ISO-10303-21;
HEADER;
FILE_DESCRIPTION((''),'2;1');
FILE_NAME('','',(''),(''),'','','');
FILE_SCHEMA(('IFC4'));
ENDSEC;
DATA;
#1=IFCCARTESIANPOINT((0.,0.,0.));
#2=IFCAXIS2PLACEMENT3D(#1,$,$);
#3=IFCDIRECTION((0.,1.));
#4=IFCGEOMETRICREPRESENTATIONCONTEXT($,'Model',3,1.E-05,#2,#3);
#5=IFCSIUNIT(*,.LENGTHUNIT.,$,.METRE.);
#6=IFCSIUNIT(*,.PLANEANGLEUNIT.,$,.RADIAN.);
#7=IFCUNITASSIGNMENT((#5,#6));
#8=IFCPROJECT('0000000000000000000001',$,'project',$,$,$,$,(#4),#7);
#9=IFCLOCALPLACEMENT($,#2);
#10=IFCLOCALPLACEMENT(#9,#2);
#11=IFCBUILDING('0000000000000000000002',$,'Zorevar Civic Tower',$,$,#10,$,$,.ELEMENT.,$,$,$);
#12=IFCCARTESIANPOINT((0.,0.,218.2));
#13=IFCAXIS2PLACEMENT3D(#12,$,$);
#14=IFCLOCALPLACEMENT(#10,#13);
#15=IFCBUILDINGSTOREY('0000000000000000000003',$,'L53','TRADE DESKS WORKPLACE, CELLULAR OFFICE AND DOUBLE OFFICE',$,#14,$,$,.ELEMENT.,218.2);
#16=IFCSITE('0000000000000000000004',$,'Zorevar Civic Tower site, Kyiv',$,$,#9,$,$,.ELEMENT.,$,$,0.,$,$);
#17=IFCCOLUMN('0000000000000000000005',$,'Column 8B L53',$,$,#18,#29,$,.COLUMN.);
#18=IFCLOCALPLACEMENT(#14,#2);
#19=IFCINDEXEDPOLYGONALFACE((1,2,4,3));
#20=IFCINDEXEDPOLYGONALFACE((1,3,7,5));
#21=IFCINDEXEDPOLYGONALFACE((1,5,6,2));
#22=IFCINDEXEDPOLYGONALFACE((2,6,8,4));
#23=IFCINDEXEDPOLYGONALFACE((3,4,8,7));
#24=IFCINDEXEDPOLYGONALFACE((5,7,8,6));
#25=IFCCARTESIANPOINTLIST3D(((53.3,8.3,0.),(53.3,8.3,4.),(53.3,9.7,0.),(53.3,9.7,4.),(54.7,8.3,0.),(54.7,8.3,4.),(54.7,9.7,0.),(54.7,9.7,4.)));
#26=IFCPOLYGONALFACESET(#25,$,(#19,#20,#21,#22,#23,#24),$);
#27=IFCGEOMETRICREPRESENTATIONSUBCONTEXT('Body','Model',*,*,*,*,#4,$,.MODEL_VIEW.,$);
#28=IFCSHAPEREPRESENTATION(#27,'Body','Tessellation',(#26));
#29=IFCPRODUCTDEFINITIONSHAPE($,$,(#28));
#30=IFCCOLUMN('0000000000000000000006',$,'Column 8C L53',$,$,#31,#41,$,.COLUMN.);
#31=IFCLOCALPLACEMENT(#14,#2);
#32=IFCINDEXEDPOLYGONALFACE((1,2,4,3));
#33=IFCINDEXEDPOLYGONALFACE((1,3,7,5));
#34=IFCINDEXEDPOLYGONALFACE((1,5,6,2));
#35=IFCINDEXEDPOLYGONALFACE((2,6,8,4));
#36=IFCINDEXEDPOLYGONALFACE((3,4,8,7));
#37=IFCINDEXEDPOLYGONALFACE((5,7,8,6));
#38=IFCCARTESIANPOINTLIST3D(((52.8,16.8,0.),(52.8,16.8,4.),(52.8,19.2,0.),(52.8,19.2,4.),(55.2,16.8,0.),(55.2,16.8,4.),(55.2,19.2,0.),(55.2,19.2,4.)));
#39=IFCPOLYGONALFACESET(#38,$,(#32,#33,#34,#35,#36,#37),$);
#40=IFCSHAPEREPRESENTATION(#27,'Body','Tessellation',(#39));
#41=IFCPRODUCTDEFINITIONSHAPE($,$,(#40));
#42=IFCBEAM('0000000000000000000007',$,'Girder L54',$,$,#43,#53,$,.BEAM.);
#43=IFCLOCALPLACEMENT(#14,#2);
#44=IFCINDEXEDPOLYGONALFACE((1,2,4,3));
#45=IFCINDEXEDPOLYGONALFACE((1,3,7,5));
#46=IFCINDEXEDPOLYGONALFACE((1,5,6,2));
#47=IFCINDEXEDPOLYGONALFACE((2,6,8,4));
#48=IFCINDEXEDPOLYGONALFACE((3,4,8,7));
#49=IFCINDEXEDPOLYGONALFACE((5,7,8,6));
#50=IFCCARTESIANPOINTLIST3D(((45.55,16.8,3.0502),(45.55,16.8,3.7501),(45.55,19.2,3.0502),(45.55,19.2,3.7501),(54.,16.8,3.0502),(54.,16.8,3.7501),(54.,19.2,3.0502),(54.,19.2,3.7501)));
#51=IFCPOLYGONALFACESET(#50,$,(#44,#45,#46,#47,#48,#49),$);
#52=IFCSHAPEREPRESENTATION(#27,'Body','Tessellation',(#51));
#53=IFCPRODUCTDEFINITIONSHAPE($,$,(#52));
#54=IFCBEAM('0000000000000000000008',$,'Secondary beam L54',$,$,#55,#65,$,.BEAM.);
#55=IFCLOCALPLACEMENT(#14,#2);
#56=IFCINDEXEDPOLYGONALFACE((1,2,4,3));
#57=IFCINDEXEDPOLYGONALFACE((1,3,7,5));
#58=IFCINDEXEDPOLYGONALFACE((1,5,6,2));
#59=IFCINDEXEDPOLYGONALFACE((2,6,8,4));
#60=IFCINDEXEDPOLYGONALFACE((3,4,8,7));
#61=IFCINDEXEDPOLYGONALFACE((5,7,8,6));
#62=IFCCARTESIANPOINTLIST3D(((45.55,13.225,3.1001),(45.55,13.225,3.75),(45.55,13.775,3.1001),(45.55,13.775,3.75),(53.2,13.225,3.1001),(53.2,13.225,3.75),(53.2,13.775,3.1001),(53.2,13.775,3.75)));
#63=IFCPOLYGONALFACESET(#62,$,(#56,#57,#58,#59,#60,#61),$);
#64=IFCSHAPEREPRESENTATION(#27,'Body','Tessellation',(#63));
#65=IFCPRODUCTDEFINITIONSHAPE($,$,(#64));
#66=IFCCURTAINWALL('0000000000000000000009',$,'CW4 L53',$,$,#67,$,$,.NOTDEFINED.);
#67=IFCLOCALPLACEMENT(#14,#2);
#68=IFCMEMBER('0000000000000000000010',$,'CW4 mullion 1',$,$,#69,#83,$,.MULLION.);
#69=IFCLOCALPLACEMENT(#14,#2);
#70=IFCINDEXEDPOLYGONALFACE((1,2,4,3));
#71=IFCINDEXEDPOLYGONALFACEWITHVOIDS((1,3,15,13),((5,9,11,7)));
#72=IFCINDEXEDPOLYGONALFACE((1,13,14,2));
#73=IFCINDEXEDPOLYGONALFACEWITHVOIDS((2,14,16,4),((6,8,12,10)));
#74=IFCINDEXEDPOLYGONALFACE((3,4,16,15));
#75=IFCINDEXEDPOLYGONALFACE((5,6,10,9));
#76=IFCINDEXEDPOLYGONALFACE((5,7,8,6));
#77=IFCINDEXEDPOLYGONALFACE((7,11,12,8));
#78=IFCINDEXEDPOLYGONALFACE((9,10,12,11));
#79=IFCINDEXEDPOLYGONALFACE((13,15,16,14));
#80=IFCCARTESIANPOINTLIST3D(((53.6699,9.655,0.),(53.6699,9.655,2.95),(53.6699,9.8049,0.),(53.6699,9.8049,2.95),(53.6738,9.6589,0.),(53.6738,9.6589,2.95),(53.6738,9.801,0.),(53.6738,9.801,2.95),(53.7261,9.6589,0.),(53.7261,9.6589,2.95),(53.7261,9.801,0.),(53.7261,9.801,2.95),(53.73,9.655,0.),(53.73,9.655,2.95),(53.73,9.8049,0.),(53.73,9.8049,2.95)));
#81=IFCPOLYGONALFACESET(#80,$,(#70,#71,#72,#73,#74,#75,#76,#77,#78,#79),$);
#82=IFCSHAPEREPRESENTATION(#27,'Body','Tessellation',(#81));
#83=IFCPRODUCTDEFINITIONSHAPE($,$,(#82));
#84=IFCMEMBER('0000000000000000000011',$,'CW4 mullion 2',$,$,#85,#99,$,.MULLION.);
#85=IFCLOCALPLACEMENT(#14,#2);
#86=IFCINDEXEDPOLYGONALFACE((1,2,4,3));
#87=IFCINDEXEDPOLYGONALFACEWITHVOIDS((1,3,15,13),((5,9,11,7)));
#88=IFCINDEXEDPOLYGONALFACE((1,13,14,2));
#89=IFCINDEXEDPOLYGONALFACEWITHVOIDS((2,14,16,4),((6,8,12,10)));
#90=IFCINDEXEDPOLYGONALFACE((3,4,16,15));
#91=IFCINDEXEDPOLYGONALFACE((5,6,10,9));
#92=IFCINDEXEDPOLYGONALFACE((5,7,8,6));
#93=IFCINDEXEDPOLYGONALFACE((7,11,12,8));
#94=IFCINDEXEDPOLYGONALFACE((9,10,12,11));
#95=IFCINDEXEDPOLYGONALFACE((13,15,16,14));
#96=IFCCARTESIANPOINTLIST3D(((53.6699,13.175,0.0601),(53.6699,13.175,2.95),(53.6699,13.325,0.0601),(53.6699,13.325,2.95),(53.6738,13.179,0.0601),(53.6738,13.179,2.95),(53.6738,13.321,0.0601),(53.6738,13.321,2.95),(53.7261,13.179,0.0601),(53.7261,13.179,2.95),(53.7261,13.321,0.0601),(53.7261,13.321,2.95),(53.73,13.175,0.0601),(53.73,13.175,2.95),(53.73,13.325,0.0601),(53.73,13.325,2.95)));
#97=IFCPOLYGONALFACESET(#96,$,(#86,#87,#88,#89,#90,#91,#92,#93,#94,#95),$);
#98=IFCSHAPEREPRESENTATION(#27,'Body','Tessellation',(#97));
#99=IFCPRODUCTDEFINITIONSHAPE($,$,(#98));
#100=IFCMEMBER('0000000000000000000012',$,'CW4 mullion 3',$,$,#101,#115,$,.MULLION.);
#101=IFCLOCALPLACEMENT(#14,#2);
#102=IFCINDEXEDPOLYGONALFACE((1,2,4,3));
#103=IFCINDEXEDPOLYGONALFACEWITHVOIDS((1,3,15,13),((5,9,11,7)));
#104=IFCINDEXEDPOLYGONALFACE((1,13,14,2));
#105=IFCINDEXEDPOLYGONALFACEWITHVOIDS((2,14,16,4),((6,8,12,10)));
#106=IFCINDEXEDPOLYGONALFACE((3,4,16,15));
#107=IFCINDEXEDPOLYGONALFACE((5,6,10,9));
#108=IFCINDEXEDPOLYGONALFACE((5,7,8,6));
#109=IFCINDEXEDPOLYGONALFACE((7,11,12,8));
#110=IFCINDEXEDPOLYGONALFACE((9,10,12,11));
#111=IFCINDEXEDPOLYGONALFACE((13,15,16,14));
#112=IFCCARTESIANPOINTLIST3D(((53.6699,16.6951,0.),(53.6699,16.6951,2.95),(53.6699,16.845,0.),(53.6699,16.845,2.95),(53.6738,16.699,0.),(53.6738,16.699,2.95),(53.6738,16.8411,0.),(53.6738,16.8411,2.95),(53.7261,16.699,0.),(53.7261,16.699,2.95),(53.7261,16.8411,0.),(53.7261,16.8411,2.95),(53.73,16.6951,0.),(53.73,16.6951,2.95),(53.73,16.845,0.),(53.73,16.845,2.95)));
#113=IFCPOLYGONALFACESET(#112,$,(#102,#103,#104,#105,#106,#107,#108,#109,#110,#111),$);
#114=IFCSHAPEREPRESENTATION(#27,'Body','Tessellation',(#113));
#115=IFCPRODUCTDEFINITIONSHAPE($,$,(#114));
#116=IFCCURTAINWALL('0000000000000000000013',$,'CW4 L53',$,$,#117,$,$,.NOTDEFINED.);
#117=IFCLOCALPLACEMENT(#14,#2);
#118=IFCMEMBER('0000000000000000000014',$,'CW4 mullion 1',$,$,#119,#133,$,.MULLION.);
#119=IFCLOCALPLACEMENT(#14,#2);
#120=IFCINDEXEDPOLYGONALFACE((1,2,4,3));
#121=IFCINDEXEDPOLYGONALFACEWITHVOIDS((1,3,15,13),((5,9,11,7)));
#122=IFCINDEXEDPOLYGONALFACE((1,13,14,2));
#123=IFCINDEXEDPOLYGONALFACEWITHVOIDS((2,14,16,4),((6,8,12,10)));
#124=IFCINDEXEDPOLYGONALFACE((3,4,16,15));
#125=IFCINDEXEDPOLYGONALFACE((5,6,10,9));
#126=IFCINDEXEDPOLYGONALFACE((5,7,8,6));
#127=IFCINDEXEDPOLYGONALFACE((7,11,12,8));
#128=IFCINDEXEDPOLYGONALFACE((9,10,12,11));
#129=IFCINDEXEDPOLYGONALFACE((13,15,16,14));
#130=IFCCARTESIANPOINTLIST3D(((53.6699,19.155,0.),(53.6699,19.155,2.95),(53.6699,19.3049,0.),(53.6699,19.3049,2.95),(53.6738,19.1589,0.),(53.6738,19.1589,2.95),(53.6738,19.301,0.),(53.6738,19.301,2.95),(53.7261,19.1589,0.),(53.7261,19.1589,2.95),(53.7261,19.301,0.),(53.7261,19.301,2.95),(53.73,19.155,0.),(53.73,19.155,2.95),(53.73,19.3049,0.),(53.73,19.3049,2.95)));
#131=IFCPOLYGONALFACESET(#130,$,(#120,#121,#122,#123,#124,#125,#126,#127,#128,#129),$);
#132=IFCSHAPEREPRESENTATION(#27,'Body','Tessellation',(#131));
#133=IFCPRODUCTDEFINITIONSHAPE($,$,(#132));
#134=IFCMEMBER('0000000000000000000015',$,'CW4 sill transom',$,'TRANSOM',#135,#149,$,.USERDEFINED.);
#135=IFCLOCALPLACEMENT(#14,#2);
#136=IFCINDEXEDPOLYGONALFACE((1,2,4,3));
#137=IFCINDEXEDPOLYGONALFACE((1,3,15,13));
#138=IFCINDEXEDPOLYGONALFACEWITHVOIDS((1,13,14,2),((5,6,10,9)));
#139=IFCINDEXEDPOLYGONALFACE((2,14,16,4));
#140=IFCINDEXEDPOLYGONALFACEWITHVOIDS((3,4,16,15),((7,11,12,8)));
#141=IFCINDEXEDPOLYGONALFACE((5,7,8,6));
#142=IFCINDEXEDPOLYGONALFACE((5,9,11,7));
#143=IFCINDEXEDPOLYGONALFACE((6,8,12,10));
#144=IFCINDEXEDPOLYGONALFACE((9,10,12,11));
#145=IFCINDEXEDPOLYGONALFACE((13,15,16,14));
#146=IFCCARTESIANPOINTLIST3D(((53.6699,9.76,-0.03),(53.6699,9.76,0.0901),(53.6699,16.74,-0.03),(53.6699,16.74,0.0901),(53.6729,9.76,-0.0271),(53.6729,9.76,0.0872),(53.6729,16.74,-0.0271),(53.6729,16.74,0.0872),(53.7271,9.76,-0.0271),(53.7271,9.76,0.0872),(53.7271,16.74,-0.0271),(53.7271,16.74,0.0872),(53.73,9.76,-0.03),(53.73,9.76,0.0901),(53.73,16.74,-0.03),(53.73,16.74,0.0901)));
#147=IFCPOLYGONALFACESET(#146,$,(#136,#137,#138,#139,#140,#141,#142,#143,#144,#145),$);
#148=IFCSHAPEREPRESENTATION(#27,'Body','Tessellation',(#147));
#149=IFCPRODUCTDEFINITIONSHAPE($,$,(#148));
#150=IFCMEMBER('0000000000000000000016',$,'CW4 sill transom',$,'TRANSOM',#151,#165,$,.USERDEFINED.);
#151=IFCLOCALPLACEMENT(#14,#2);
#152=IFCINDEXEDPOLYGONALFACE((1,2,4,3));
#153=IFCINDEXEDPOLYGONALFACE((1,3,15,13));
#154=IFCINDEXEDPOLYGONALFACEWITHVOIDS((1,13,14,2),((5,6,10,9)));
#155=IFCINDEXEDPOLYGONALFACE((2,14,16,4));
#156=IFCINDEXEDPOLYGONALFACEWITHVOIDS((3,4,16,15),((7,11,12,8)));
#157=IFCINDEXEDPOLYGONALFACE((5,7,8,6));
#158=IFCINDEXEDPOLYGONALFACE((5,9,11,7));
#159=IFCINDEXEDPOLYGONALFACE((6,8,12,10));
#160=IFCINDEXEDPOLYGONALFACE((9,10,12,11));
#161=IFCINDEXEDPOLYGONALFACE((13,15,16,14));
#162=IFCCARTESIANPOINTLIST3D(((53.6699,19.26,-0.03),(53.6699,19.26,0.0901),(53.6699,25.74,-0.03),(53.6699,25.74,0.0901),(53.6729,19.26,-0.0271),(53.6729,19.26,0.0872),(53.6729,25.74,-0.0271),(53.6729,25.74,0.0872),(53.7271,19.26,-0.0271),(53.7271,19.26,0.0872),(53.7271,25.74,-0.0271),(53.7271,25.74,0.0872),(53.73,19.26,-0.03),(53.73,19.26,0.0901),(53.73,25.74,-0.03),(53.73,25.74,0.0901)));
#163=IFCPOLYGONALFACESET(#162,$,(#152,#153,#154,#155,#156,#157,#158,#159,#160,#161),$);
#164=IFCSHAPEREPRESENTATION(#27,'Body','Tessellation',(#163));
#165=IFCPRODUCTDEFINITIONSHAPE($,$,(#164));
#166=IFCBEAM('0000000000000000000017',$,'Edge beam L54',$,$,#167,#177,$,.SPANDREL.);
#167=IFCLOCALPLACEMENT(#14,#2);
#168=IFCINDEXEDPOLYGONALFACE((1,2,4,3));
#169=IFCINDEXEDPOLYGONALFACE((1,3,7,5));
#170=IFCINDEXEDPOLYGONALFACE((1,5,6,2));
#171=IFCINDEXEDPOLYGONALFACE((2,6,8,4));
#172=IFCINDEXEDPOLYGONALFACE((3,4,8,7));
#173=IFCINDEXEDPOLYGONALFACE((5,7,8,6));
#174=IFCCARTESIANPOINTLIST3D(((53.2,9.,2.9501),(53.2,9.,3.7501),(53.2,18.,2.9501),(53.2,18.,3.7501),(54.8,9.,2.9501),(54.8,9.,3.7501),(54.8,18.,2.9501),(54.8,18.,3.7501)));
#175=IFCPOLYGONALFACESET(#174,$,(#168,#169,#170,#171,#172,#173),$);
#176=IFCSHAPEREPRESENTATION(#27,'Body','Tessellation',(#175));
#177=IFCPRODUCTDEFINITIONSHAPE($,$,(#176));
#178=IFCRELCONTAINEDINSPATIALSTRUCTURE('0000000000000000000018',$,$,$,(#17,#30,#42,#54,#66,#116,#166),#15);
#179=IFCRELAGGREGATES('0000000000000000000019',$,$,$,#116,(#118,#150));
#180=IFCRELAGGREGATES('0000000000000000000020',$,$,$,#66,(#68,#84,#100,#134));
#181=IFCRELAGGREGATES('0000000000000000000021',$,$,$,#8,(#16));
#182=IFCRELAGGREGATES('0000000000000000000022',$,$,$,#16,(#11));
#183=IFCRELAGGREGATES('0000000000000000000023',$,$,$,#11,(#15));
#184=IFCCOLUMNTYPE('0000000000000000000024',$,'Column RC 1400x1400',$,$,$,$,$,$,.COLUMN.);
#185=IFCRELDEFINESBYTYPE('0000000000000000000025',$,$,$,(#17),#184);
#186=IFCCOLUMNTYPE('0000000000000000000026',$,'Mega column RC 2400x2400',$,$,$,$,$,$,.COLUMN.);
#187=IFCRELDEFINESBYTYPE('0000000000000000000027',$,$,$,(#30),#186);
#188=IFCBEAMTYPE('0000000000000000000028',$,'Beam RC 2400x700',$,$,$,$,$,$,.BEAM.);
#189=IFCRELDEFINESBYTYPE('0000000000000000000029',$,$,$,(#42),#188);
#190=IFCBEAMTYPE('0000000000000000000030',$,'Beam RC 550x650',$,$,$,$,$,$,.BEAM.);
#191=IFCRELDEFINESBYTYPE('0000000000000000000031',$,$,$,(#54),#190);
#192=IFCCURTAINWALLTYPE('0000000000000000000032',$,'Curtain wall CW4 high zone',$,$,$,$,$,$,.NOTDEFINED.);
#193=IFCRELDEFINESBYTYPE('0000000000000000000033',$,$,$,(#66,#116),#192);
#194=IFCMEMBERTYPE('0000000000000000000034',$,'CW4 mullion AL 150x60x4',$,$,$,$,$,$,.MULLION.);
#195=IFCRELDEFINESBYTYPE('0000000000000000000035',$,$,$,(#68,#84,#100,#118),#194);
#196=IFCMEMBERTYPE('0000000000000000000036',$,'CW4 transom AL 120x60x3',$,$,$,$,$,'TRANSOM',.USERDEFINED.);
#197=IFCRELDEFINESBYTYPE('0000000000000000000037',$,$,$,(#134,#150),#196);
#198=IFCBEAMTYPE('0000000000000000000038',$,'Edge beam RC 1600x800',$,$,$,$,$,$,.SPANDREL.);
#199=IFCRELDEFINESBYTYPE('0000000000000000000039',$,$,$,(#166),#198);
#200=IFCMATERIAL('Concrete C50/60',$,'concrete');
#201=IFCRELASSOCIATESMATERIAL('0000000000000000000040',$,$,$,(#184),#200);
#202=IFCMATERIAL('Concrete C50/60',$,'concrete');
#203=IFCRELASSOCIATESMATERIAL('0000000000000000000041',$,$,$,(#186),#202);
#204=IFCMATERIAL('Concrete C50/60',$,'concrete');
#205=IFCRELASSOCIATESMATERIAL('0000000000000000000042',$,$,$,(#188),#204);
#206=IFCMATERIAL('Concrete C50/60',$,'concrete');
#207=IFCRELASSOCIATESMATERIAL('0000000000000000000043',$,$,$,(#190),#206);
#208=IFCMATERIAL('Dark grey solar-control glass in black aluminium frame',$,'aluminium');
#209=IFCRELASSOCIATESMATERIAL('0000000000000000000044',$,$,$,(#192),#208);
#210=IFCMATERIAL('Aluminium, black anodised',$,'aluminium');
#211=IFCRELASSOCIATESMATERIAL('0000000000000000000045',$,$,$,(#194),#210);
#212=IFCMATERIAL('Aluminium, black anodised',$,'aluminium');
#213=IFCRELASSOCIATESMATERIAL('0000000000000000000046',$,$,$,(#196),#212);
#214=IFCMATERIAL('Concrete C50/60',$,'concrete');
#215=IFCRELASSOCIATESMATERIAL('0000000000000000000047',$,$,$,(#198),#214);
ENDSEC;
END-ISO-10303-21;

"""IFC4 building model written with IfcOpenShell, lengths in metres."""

from ifc_helpers import new_model, si_unit, direction, frame, origin, origin_2d, place, context, subcontext, project, spatial, rectangle, hollow_rectangle, extrude, material, material_profile, profile_set, type_object, element, aggregate, save


model = new_model("IFC4")

# Units and contexts
model_context = context("Model", 3, precision=1e-05, world=origin(), true_north=direction((0.0, 1.0)))
body_context = subcontext(model_context, "Body", "Model", "MODEL_VIEW")
ifc_project = project(units=[si_unit("LENGTHUNIT", "METRE"), si_unit("PLANEANGLEUNIT", "RADIAN")], contexts=[model_context])

# Site, building, storey
site_placement = place(None, origin())
site = spatial("IfcSite", under=ifc_project, at=site_placement, Name="Zorevar Civic Tower site, Kyiv", CompositionType="ELEMENT", RefElevation=0.0)
building_placement = place(site_placement, origin())
building = spatial("IfcBuilding", under=site, at=building_placement, Name="Zorevar Civic Tower", CompositionType="ELEMENT")
storey_placement = place(building_placement, frame((0.0, 0.0, 218.2)))
storey = spatial("IfcBuildingStorey", under=building, at=storey_placement, Name="L53", Description="TRADE DESKS WORKPLACE, CELLULAR OFFICE AND DOUBLE OFFICE", CompositionType="ELEMENT", Elevation=218.2)

# Columns
ifc_material_1 = material(Name="Concrete C50/60", Category="concrete")
ifc_material_profile_1 = material_profile(ifc_material_1, rectangle(XDim=1.3999, YDim=1.3999, at=origin_2d()), Name="RC 1400x1400")
ifc_profile_set_1 = profile_set([ifc_material_profile_1], Name="Concrete C50/60")
column_type_1 = type_object("IfcColumnType", Name="Column RC 1400x1400", PredefinedType="COLUMN", material=ifc_profile_set_1)
column_1_placement = place(storey_placement, frame((54.0, 9.0, 0.0), z_axis=(0.0, 0.0, 1.0), x_axis=(1.0, 0.0, 0.0)))
element("IfcColumn", 1, at=column_1_placement, inside=storey, type_object=column_type_1, Name="Column 8B L53", PredefinedType="COLUMN", context=body_context, shape_type="SweptSolid", body=[
    extrude(rectangle(XDim=1.3999, YDim=1.3999, at=origin_2d()), origin(), (0.0, 0.0, 1.0), 4.0),
])
ifc_material_2 = material(Name="Concrete C50/60", Category="concrete")
ifc_material_profile_2 = material_profile(ifc_material_2, rectangle(XDim=2.3999, YDim=2.3999, at=origin_2d()), Name="RC 2400x2400")
ifc_profile_set_2 = profile_set([ifc_material_profile_2], Name="Concrete C50/60")
column_type_2 = type_object("IfcColumnType", Name="Mega column RC 2400x2400", PredefinedType="COLUMN", material=ifc_profile_set_2)
column_2_placement = place(storey_placement, frame((54.0, 18.0, 0.0), z_axis=(0.0, 0.0, 1.0), x_axis=(1.0, 0.0, 0.0)))
element("IfcColumn", 2, at=column_2_placement, inside=storey, type_object=column_type_2, Name="Column 8C L53", PredefinedType="COLUMN", context=body_context, shape_type="SweptSolid", body=[
    extrude(rectangle(XDim=2.3999, YDim=2.3999, at=origin_2d()), origin(), (0.0, 0.0, 1.0), 4.0),
])

# Beams
ifc_material_3 = material(Name="Concrete C50/60", Category="concrete")
ifc_material_profile_3 = material_profile(ifc_material_3, rectangle(XDim=2.3999, YDim=0.7, at=origin_2d()), Name="RC 2400x700")
ifc_profile_set_3 = profile_set([ifc_material_profile_3], Name="Concrete C50/60")
beam_type_1 = type_object("IfcBeamType", Name="Beam RC 2400x700", PredefinedType="BEAM", material=ifc_profile_set_3)
beam_1_placement = place(storey_placement, frame((45.55, 18.0, 3.4001), z_axis=(1.0, 0.0, 0.0), x_axis=(0.0, 1.0, 0.0)))
element("IfcBeam", 3, at=beam_1_placement, inside=storey, type_object=beam_type_1, Name="Girder L54", PredefinedType="BEAM", context=body_context, shape_type="SweptSolid", body=[
    extrude(rectangle(XDim=2.3999, YDim=0.7, at=origin_2d()), origin(), (0.0, 0.0, 1.0), 8.45),
])
ifc_material_4 = material(Name="Concrete C50/60", Category="concrete")
ifc_material_profile_4 = material_profile(ifc_material_4, rectangle(XDim=0.55, YDim=0.6499, at=origin_2d()), Name="RC 550x650")
ifc_profile_set_4 = profile_set([ifc_material_profile_4], Name="Concrete C50/60")
beam_type_2 = type_object("IfcBeamType", Name="Beam RC 550x650", PredefinedType="BEAM", material=ifc_profile_set_4)
beam_2_placement = place(storey_placement, frame((45.55, 13.5, 3.425), z_axis=(1.0, 0.0, 0.0), x_axis=(0.0, 1.0, 0.0)))
element("IfcBeam", 4, at=beam_2_placement, inside=storey, type_object=beam_type_2, Name="Secondary beam L54", PredefinedType="BEAM", context=body_context, shape_type="SweptSolid", body=[
    extrude(rectangle(XDim=0.55, YDim=0.6499, at=origin_2d()), origin(), (0.0, 0.0, 1.0), 7.6499),
])

# Curtain wall, members
ifc_material_5 = material(Name="Dark grey solar-control glass in black aluminium frame", Category="aluminium")
curtain_wall_type = type_object("IfcCurtainWallType", Name="Curtain wall CW4 high zone", PredefinedType="NOTDEFINED", material=ifc_material_5)
curtain_wall_1_placement = place(storey_placement, origin())
curtain_wall_1 = element("IfcCurtainWall", 5, at=curtain_wall_1_placement, inside=storey, type_object=curtain_wall_type, Name="CW4 L53", PredefinedType="NOTDEFINED")
ifc_material_6 = material(Name="Aluminium, black anodised", Category="aluminium")
ifc_material_profile_5 = material_profile(ifc_material_6, hollow_rectangle(XDim=0.0601, YDim=0.1499, WallThickness=0.0039, at=origin_2d()), Name="AL 150x60x4")
ifc_profile_set_5 = profile_set([ifc_material_profile_5], Name="Aluminium, black anodised")
member_type_1 = type_object("IfcMemberType", Name="CW4 mullion AL 150x60x4", PredefinedType="MULLION", material=ifc_profile_set_5)
member_1_placement = place(storey_placement, frame((53.7, 9.73, 0.0), z_axis=(0.0, 0.0, 1.0), x_axis=(-1.0, 0.0, 0.0)))
member_1 = element("IfcMember", 6, at=member_1_placement, type_object=member_type_1, Name="CW4 mullion 1", PredefinedType="MULLION", context=body_context, shape_type="SweptSolid", body=[
    extrude(hollow_rectangle(XDim=0.0601, YDim=0.1499, WallThickness=0.0039, at=origin_2d()), origin(), (0.0, 0.0, 1.0), 2.95),
])
member_2_placement = place(storey_placement, frame((53.7, 13.25, 0.0601), z_axis=(0.0, 0.0, 1.0), x_axis=(-1.0, 0.0, 0.0)))
member_2 = element("IfcMember", 7, at=member_2_placement, type_object=member_type_1, Name="CW4 mullion 2", PredefinedType="MULLION", context=body_context, shape_type="SweptSolid", body=[
    extrude(hollow_rectangle(XDim=0.0601, YDim=0.1499, WallThickness=0.0039, at=origin_2d()), origin(), (0.0, 0.0, 1.0), 2.8899),
])
member_3_placement = place(storey_placement, frame((53.7, 16.77, 0.0), z_axis=(0.0, 0.0, 1.0), x_axis=(-1.0, 0.0, 0.0)))
member_3 = element("IfcMember", 8, at=member_3_placement, type_object=member_type_1, Name="CW4 mullion 3", PredefinedType="MULLION", context=body_context, shape_type="SweptSolid", body=[
    extrude(hollow_rectangle(XDim=0.0601, YDim=0.1499, WallThickness=0.0039, at=origin_2d()), origin(), (0.0, 0.0, 1.0), 2.95),
])

# Curtain wall, member
curtain_wall_2_placement = place(storey_placement, origin())
curtain_wall_2 = element("IfcCurtainWall", 9, at=curtain_wall_2_placement, inside=storey, type_object=curtain_wall_type, Name="CW4 L53", PredefinedType="NOTDEFINED")
member_4_placement = place(storey_placement, frame((53.7, 19.23, 0.0), z_axis=(0.0, 0.0, 1.0), x_axis=(-1.0, 0.0, 0.0)))
member_4 = element("IfcMember", 10, at=member_4_placement, type_object=member_type_1, Name="CW4 mullion 1", PredefinedType="MULLION", context=body_context, shape_type="SweptSolid", body=[
    extrude(hollow_rectangle(XDim=0.0601, YDim=0.1499, WallThickness=0.0039, at=origin_2d()), origin(), (0.0, 0.0, 1.0), 2.95),
])

# Members
ifc_material_7 = material(Name="Aluminium, black anodised", Category="aluminium")
ifc_material_profile_6 = material_profile(ifc_material_7, hollow_rectangle(XDim=0.0601, YDim=0.1201, WallThickness=0.0029, at=origin_2d()), Name="AL 120x60x3")
ifc_profile_set_6 = profile_set([ifc_material_profile_6], Name="Aluminium, black anodised")
member_type_2 = type_object("IfcMemberType", Name="CW4 transom AL 120x60x3", ElementType="TRANSOM", PredefinedType="USERDEFINED", material=ifc_profile_set_6)
member_5_placement = place(storey_placement, frame((53.7, 9.76, 0.03), z_axis=(0.0, 1.0, 0.0), x_axis=(-1.0, 0.0, 0.0)))
member_5 = element("IfcMember", 11, at=member_5_placement, type_object=member_type_2, Name="CW4 sill transom", ObjectType="TRANSOM", PredefinedType="USERDEFINED", context=body_context, shape_type="SweptSolid", body=[
    extrude(hollow_rectangle(XDim=0.0601, YDim=0.1201, WallThickness=0.0029, at=origin_2d()), origin(), (0.0, 0.0, 1.0), 6.98),
])
member_6_placement = place(storey_placement, frame((53.7, 19.26, 0.03), z_axis=(0.0, 1.0, 0.0), x_axis=(-1.0, 0.0, 0.0)))
member_6 = element("IfcMember", 12, at=member_6_placement, type_object=member_type_2, Name="CW4 sill transom", ObjectType="TRANSOM", PredefinedType="USERDEFINED", context=body_context, shape_type="SweptSolid", body=[
    extrude(hollow_rectangle(XDim=0.0601, YDim=0.1201, WallThickness=0.0029, at=origin_2d()), origin(), (0.0, 0.0, 1.0), 6.48),
])
aggregate(curtain_wall_2, [member_4, member_6])

# Beam
ifc_material_8 = material(Name="Concrete C50/60", Category="concrete")
ifc_material_profile_7 = material_profile(ifc_material_8, rectangle(XDim=1.6001, YDim=0.8, at=origin_2d()), Name="RC 1600x800")
ifc_profile_set_7 = profile_set([ifc_material_profile_7], Name="Concrete C50/60")
beam_type_3 = type_object("IfcBeamType", Name="Edge beam RC 1600x800", PredefinedType="SPANDREL", material=ifc_profile_set_7)
for number, where, z_axis, x_axis, name in (
    (13, (54.0, 9.0, 3.3501), (0.0, 1.0, 0.0), (-1.0, 0.0, 0.0), "Edge beam L54"),
):
    element("IfcBeam", number, at=place(storey_placement, frame(where, z_axis=z_axis, x_axis=x_axis)), inside=storey, type_object=beam_type_3, Name=name, PredefinedType="SPANDREL", context=body_context, shape_type="SweptSolid", body=[
        extrude(rectangle(XDim=1.6001, YDim=0.8, at=origin_2d()), origin(), (0.0, 0.0, 1.0), 9.0),
    ])

aggregate(curtain_wall_1, [member_1, member_2, member_3, member_5])

save(model, "model.ifc")
